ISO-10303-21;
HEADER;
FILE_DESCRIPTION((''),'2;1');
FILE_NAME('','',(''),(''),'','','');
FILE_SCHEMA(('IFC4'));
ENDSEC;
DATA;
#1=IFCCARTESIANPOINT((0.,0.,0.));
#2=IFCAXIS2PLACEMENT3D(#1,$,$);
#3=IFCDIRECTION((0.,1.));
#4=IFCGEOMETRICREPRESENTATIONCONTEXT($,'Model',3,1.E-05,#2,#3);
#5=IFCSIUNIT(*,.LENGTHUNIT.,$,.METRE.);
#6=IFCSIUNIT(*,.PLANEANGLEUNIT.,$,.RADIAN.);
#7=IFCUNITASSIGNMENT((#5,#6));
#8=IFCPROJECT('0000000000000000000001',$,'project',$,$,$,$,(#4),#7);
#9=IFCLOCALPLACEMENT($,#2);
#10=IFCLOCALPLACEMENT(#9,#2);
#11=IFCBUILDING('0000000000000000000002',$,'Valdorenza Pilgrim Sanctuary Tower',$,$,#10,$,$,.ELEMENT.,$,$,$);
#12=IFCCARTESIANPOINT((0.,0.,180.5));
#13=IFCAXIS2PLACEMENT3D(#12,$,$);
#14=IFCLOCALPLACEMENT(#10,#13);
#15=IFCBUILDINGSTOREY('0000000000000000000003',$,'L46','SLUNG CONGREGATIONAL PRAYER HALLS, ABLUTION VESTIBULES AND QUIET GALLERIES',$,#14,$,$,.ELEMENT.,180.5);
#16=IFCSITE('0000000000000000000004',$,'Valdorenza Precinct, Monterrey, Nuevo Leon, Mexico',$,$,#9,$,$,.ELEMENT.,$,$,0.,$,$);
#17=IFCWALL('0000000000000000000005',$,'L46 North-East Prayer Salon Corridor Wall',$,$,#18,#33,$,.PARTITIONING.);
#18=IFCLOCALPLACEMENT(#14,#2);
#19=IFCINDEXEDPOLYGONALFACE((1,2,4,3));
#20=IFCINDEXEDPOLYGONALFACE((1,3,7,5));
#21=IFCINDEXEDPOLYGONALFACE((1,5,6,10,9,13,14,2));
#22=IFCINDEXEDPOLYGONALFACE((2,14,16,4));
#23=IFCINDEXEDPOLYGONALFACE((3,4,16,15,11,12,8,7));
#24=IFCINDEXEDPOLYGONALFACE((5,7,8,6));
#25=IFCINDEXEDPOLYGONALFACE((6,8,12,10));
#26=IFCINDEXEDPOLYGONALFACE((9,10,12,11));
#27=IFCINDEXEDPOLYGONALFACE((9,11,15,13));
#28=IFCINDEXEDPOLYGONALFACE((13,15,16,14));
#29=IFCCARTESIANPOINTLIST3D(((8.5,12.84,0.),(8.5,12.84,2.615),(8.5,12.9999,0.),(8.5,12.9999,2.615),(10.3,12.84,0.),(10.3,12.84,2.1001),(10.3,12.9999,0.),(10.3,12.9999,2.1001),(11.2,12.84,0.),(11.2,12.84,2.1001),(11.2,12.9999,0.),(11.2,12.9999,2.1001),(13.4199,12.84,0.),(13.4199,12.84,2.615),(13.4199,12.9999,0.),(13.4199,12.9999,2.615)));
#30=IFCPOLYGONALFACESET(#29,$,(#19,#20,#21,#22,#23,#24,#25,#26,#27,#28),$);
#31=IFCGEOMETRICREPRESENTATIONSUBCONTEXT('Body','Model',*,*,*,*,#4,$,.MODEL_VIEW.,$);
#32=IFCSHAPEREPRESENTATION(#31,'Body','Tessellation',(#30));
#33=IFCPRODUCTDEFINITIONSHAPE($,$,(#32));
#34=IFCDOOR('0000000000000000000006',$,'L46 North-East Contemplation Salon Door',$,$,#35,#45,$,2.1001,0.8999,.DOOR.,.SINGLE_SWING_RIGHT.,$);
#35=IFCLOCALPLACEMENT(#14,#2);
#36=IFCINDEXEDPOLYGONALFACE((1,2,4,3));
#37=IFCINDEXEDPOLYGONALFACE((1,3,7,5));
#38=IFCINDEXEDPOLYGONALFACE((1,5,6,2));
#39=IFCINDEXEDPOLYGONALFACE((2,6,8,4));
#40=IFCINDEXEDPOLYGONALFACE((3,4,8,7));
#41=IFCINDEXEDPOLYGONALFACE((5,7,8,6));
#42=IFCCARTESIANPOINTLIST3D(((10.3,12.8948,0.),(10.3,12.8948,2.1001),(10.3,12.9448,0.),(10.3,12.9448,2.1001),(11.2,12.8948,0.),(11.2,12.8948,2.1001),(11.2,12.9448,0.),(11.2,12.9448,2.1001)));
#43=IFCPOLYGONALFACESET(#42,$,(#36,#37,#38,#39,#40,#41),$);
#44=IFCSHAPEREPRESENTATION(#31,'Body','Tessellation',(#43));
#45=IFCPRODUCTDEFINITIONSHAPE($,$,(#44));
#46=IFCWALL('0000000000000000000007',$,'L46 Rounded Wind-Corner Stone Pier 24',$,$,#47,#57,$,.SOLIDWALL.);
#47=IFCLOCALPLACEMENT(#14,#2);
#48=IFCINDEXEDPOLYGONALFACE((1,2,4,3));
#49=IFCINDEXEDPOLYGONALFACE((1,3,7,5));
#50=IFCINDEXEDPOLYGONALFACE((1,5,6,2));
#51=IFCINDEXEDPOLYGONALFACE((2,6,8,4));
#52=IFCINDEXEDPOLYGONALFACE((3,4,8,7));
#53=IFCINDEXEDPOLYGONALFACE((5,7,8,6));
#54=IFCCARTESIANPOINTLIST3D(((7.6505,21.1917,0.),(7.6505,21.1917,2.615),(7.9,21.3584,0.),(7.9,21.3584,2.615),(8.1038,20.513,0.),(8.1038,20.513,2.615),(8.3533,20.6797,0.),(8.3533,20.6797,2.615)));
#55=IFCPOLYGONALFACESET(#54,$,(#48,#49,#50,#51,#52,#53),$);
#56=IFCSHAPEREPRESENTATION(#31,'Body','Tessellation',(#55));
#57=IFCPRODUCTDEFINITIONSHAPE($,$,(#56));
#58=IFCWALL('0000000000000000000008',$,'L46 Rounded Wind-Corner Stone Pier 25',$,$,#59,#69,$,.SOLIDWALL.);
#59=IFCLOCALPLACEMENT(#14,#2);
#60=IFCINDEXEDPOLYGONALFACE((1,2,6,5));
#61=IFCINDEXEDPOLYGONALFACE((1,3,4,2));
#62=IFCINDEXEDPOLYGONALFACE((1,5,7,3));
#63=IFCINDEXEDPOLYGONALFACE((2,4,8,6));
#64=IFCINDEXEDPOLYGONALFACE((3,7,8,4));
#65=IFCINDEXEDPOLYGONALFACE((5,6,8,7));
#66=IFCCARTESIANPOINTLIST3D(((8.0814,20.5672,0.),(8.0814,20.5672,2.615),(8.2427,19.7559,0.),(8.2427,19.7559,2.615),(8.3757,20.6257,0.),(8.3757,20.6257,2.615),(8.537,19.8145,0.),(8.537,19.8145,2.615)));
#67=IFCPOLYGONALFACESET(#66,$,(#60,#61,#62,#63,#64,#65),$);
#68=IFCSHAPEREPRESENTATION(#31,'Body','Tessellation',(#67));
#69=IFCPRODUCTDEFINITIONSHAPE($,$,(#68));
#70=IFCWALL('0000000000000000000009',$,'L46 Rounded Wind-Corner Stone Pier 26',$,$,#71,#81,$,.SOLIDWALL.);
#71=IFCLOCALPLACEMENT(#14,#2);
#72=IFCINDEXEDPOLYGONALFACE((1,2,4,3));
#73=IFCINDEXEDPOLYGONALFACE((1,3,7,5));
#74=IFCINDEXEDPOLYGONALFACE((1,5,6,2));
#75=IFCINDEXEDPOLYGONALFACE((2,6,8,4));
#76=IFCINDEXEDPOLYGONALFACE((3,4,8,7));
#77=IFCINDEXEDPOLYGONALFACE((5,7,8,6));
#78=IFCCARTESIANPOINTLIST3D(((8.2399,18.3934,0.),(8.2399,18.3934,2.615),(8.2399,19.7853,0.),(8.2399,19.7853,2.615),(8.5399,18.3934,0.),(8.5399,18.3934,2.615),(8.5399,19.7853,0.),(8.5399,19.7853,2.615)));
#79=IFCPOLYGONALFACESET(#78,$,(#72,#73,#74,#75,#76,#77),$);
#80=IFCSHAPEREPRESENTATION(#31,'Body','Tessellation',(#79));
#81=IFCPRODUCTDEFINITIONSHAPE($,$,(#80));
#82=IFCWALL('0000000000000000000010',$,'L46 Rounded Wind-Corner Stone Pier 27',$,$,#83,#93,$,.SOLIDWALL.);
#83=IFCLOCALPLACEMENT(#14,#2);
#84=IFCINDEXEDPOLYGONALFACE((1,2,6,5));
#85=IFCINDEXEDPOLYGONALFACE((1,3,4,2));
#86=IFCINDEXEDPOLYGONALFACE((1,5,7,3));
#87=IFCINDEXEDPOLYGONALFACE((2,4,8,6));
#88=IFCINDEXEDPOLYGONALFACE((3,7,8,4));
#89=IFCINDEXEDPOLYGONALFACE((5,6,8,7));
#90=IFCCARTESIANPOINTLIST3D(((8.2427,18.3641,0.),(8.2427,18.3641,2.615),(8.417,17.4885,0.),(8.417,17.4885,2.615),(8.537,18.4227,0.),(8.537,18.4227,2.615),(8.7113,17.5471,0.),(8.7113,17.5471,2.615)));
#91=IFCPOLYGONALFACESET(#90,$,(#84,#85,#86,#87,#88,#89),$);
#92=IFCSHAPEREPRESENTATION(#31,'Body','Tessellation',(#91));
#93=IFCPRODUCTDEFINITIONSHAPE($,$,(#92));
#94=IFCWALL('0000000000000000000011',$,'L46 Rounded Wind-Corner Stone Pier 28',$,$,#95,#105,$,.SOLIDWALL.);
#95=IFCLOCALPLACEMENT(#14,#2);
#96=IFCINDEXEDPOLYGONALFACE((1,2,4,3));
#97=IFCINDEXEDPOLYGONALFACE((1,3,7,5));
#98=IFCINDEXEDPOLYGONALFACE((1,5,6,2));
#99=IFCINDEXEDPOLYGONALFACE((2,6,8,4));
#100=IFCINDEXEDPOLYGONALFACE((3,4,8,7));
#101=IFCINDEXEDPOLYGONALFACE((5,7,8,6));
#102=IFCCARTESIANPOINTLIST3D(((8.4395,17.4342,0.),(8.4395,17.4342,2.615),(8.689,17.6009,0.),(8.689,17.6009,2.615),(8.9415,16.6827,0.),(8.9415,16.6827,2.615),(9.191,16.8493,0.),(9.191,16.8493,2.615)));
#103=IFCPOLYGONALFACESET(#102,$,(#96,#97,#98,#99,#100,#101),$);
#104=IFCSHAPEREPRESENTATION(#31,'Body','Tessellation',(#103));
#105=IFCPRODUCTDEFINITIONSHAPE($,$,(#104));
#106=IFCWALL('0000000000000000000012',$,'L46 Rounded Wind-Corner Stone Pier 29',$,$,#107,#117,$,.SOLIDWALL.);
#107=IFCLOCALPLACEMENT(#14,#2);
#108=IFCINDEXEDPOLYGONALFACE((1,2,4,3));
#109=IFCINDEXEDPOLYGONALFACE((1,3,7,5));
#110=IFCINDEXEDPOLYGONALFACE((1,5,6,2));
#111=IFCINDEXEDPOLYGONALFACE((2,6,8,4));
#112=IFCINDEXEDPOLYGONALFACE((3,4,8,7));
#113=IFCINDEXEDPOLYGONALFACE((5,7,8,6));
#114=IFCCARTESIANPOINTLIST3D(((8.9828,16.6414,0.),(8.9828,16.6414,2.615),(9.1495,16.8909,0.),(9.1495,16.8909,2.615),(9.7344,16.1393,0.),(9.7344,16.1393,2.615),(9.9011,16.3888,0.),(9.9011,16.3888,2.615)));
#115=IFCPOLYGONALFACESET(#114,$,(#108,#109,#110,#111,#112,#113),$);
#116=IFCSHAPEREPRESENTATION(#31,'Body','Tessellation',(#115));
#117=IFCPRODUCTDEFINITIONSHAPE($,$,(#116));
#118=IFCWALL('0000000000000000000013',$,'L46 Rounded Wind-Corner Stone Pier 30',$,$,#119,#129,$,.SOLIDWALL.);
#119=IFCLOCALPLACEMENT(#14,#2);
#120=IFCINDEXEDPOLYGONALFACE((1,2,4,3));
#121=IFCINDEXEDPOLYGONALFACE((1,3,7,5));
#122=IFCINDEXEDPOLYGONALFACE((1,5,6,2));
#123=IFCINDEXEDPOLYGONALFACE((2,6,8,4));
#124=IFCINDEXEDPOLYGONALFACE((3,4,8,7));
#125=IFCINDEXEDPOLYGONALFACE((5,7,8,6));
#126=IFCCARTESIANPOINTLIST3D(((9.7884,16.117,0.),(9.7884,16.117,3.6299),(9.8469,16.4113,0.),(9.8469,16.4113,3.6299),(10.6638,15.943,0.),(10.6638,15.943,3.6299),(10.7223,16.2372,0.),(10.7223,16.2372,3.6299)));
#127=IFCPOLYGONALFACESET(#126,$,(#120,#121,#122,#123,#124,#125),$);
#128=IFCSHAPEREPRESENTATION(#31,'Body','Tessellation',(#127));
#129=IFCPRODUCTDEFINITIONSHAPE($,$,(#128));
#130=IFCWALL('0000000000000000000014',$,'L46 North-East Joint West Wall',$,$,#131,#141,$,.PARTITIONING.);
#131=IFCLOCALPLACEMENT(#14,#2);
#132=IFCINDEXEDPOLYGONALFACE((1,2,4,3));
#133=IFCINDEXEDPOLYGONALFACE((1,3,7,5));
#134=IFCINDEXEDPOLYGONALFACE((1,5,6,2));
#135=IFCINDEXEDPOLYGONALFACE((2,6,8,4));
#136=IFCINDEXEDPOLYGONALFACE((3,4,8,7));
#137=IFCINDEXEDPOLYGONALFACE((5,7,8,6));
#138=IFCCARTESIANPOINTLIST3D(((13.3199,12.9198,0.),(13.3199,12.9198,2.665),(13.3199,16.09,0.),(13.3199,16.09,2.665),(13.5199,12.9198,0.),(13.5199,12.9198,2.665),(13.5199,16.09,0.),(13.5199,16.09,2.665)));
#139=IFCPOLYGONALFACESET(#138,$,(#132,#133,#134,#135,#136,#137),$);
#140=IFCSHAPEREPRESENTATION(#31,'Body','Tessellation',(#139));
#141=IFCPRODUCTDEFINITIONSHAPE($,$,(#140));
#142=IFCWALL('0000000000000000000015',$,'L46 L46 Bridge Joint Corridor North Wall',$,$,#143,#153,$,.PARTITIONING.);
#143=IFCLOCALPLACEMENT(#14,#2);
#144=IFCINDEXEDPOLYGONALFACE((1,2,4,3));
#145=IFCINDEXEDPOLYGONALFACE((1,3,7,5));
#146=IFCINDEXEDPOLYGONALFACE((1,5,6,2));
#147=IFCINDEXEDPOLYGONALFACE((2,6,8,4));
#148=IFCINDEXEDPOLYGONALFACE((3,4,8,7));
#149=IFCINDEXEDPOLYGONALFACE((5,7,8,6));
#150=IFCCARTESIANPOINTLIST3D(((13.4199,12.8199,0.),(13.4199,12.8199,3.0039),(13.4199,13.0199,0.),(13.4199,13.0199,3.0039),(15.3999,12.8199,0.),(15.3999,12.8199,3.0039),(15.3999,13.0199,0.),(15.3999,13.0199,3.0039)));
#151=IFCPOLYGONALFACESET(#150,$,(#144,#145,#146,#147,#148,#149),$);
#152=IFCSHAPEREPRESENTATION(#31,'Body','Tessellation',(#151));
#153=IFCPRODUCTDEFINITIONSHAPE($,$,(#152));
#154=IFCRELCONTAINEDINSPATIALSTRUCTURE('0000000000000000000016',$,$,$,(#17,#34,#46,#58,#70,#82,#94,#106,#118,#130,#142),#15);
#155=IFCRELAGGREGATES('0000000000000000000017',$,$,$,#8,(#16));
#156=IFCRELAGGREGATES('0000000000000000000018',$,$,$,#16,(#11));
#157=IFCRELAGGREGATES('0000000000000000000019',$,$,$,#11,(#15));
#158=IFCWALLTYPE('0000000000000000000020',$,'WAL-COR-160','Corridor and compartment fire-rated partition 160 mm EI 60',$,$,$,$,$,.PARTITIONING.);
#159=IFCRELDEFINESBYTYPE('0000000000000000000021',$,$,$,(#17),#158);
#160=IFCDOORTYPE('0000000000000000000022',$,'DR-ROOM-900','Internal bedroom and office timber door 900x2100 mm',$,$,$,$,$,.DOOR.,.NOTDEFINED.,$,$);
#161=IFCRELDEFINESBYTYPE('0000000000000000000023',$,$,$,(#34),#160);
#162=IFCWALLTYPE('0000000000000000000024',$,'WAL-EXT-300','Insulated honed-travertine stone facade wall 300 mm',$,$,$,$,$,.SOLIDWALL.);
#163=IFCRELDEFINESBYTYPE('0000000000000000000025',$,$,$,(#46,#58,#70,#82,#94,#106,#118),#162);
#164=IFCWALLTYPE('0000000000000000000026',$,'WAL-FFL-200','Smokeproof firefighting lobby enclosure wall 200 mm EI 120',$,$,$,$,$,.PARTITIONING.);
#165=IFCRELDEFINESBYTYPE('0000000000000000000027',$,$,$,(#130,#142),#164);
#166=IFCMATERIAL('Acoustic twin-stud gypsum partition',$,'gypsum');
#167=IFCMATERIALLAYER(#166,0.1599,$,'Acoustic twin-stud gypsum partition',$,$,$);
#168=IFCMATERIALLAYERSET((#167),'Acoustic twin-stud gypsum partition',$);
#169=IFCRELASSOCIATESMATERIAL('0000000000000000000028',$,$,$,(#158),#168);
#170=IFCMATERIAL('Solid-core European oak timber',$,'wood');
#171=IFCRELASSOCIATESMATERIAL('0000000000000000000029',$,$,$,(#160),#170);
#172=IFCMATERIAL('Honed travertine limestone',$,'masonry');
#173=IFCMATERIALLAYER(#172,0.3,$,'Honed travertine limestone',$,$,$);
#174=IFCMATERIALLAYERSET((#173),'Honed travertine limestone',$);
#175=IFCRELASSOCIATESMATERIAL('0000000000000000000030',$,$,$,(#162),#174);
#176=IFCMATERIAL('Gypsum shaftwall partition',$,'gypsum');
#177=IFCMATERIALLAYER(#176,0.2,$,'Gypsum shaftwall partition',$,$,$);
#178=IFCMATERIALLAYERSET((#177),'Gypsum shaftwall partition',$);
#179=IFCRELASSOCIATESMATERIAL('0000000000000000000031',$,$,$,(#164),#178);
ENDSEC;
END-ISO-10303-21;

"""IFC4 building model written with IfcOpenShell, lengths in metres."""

from ifc_helpers import new_model, si_unit, direction, frame, frame_2d, origin, place, context, subcontext, project, spatial, rectangle, extrude, material, layer, layer_set, type_object, element, fill, save


model = new_model("IFC4")

# Units and contexts
model_context = context("Model", 3, precision=1e-05, world=origin(), true_north=direction((0.0, 1.0)))
body_context = subcontext(model_context, "Body", "Model", "MODEL_VIEW")
ifc_project = project(units=[si_unit("LENGTHUNIT", "METRE"), si_unit("PLANEANGLEUNIT", "RADIAN")], contexts=[model_context])

# Site, building, storey
site_placement = place(None, origin())
site = spatial("IfcSite", under=ifc_project, at=site_placement, Name="Valdorenza Precinct, Monterrey, Nuevo Leon, Mexico", CompositionType="ELEMENT", RefElevation=0.0)
building_placement = place(site_placement, origin())
building = spatial("IfcBuilding", under=site, at=building_placement, Name="Valdorenza Pilgrim Sanctuary Tower", CompositionType="ELEMENT")
storey_placement = place(building_placement, frame((0.0, 0.0, 180.5)))
storey = spatial("IfcBuildingStorey", under=building, at=storey_placement, Name="L46", Description="SLUNG CONGREGATIONAL PRAYER HALLS, ABLUTION VESTIBULES AND QUIET GALLERIES", CompositionType="ELEMENT", Elevation=180.5)

# Shared definitions
ifc_material_1 = material(Name="Honed travertine limestone", Category="masonry")

# Wall, opening, door
ifc_material_2 = material(Name="Acoustic twin-stud gypsum partition", Category="gypsum")
ifc_layer_1 = layer(ifc_material_2, 0.1599, Name="Acoustic twin-stud gypsum partition")
ifc_layer_set_1 = layer_set([ifc_layer_1], Name="Acoustic twin-stud gypsum partition")
wall_type_1 = type_object("IfcWallType", Name="WAL-COR-160", Description="Corridor and compartment fire-rated partition 160 mm EI 60", PredefinedType="PARTITIONING", material=ifc_layer_set_1)
wall_1_placement = place(storey_placement, frame((8.5, 12.9199, 0.0), z_axis=(0.0, 0.0, 1.0), x_axis=(1.0, 0.0, 0.0)))
wall_1 = element("IfcWall", 1, at=wall_1_placement, inside=storey, type_object=wall_type_1, Name="L46 North-East Prayer Salon Corridor Wall", PredefinedType="PARTITIONING", context=body_context, shape_type="SweptSolid", body=[
    extrude(rectangle(XDim=4.9199, YDim=0.1599, at=frame_2d((2.46, 0.0))), origin(), (0.0, 0.0, 1.0), 2.615),
])
opening_placement = place(wall_1_placement, frame((1.8, 0.0, 0.0)))
opening = element("IfcOpeningElement", 2, at=opening_placement, cuts=wall_1, PredefinedType="OPENING", context=body_context, shape_type="SweptSolid", body=[
    extrude(rectangle(XDim=0.8999, YDim=2.1001, at=frame_2d((0.45, 1.05))), frame((0.0, 0.0947, 0.0), z_axis=(0.0, -1.0, 0.0), x_axis=(1.0, 0.0, 0.0)), (0.0, 0.0, 1.0), 0.1897),
])
ifc_material_3 = material(Name="Solid-core European oak timber", Category="wood")
door_type = type_object("IfcDoorType", Name="DR-ROOM-900", Description="Internal bedroom and office timber door 900x2100 mm", OperationType="NOTDEFINED", PredefinedType="DOOR", material=ifc_material_3)
door_placement = place(opening_placement, origin())
door = element("IfcDoor", 3, at=door_placement, inside=storey, type_object=door_type, Name="L46 North-East Contemplation Salon Door", OperationType="SINGLE_SWING_RIGHT", OverallHeight=2.1001, OverallWidth=0.8999, PredefinedType="DOOR", context=body_context, shape_type="SweptSolid", body=[
    extrude(rectangle(XDim=0.8999, YDim=2.1001, at=frame_2d((0.45, 1.05))), frame((0.0, 0.0249, 0.0), z_axis=(0.0, -1.0, 0.0), x_axis=(1.0, 0.0, 0.0)), (0.0, 0.0, 1.0), 0.05),
])
fill(opening, door)

# Walls
ifc_layer_2 = layer(ifc_material_1, 0.3, Name="Honed travertine limestone")
ifc_layer_set_2 = layer_set([ifc_layer_2], Name="Honed travertine limestone")
wall_type_2 = type_object("IfcWallType", Name="WAL-EXT-300", Description="Insulated honed-travertine stone facade wall 300 mm", PredefinedType="SOLIDWALL", material=ifc_layer_set_2)
wall_2_placement = place(storey_placement, frame((7.7751, 21.2751, 0.0), z_axis=(0.0, 0.0, 1.0), x_axis=(0.555459, -0.831544, 0.0)))
element("IfcWall", 4, at=wall_2_placement, inside=storey, type_object=wall_type_2, Name="L46 Rounded Wind-Corner Stone Pier 24", PredefinedType="SOLIDWALL", context=body_context, shape_type="SweptSolid", body=[
    extrude(rectangle(XDim=0.8162, YDim=0.3, at=frame_2d((0.4082, 0.0))), origin(), (0.0, 0.0, 1.0), 2.615),
])
wall_3_placement = place(storey_placement, frame((8.2285, 20.5964, 0.0), z_axis=(0.0, 0.0, 1.0), x_axis=(0.195094, -0.980784, 0.0)))
element("IfcWall", 5, at=wall_3_placement, inside=storey, type_object=wall_type_2, Name="L46 Rounded Wind-Corner Stone Pier 25", PredefinedType="SOLIDWALL", context=body_context, shape_type="SweptSolid", body=[
    extrude(rectangle(XDim=0.8271, YDim=0.3, at=frame_2d((0.4136, 0.0))), origin(), (0.0, 0.0, 1.0), 2.615),
])
wall_4_placement = place(storey_placement, frame((8.3899, 19.7852, 0.0), z_axis=(0.0, 0.0, 1.0), x_axis=(0.0, -1.0, 0.0)))
element("IfcWall", 6, at=wall_4_placement, inside=storey, type_object=wall_type_2, Name="L46 Rounded Wind-Corner Stone Pier 26", PredefinedType="SOLIDWALL", context=body_context, shape_type="SweptSolid", body=[
    extrude(rectangle(XDim=1.3918, YDim=0.3, at=frame_2d((0.6958, 0.0))), origin(), (0.0, 0.0, 1.0), 2.615),
])
wall_5_placement = place(storey_placement, frame((8.3899, 18.3933, 0.0), z_axis=(0.0, 0.0, 1.0), x_axis=(0.195222, -0.980759, 0.0)))
element("IfcWall", 7, at=wall_5_placement, inside=storey, type_object=wall_type_2, Name="L46 Rounded Wind-Corner Stone Pier 27", PredefinedType="SOLIDWALL", context=body_context, shape_type="SweptSolid", body=[
    extrude(rectangle(XDim=0.8928, YDim=0.3, at=frame_2d((0.4463, 0.0))), origin(), (0.0, 0.0, 1.0), 2.615),
])
for number, where, z_axis, x_axis, name in (
    (8, (8.5642, 17.5176, 0.0), (0.0, 0.0, 1.0), (0.555448, -0.831551, 0.0), "L46 Rounded Wind-Corner Stone Pier 28"),
    (9, (9.0662, 16.7661, 0.0), (0.0, 0.0, 1.0), (0.831551, -0.555448, 0.0), "L46 Rounded Wind-Corner Stone Pier 29"),
):
    element("IfcWall", number, at=place(storey_placement, frame(where, z_axis=z_axis, x_axis=x_axis)), inside=storey, type_object=wall_type_2, Name=name, PredefinedType="SOLIDWALL", context=body_context, shape_type="SweptSolid", body=[
        extrude(rectangle(XDim=0.9038, YDim=0.3, at=frame_2d((0.4519, 0.0))), origin(), (0.0, 0.0, 1.0), 2.615),
    ])
wall_6_placement = place(storey_placement, frame((9.8176, 16.2642, 0.0), z_axis=(0.0, 0.0, 1.0), x_axis=(0.980801, -0.195011, 0.0)))
element("IfcWall", 10, at=wall_6_placement, inside=storey, type_object=wall_type_2, Name="L46 Rounded Wind-Corner Stone Pier 30", PredefinedType="SOLIDWALL", context=body_context, shape_type="SweptSolid", body=[
    extrude(rectangle(XDim=0.8926, YDim=0.3, at=frame_2d((0.4463, 0.0))), origin(), (0.0, 0.0, 1.0), 3.6299),
])
ifc_material_4 = material(Name="Gypsum shaftwall partition", Category="gypsum")
ifc_layer_3 = layer(ifc_material_4, 0.2, Name="Gypsum shaftwall partition")
ifc_layer_set_3 = layer_set([ifc_layer_3], Name="Gypsum shaftwall partition")
wall_type_3 = type_object("IfcWallType", Name="WAL-FFL-200", Description="Smokeproof firefighting lobby enclosure wall 200 mm EI 120", PredefinedType="PARTITIONING", material=ifc_layer_set_3)
wall_7_placement = place(storey_placement, frame((13.4199, 12.9199, 0.0), z_axis=(0.0, 0.0, 1.0), x_axis=(0.0, 1.0, 0.0)))
element("IfcWall", 11, at=wall_7_placement, inside=storey, type_object=wall_type_3, Name="L46 North-East Joint West Wall", PredefinedType="PARTITIONING", context=body_context, shape_type="SweptSolid", body=[
    extrude(rectangle(XDim=3.1702, YDim=0.2, at=frame_2d((1.585, 0.0))), origin(), (0.0, 0.0, 1.0), 2.665),
])
wall_8_placement = place(storey_placement, frame((13.4199, 12.9199, 0.0), z_axis=(0.0, 0.0, 1.0), x_axis=(1.0, 0.0, 0.0)))
element("IfcWall", 12, at=wall_8_placement, inside=storey, type_object=wall_type_3, Name="L46 L46 Bridge Joint Corridor North Wall", PredefinedType="PARTITIONING", context=body_context, shape_type="SweptSolid", body=[
    extrude(rectangle(XDim=1.98, YDim=0.2, at=frame_2d((0.99, 0.0))), origin(), (0.0, 0.0, 1.0), 3.0039),
])

save(model, "model.ifc")
